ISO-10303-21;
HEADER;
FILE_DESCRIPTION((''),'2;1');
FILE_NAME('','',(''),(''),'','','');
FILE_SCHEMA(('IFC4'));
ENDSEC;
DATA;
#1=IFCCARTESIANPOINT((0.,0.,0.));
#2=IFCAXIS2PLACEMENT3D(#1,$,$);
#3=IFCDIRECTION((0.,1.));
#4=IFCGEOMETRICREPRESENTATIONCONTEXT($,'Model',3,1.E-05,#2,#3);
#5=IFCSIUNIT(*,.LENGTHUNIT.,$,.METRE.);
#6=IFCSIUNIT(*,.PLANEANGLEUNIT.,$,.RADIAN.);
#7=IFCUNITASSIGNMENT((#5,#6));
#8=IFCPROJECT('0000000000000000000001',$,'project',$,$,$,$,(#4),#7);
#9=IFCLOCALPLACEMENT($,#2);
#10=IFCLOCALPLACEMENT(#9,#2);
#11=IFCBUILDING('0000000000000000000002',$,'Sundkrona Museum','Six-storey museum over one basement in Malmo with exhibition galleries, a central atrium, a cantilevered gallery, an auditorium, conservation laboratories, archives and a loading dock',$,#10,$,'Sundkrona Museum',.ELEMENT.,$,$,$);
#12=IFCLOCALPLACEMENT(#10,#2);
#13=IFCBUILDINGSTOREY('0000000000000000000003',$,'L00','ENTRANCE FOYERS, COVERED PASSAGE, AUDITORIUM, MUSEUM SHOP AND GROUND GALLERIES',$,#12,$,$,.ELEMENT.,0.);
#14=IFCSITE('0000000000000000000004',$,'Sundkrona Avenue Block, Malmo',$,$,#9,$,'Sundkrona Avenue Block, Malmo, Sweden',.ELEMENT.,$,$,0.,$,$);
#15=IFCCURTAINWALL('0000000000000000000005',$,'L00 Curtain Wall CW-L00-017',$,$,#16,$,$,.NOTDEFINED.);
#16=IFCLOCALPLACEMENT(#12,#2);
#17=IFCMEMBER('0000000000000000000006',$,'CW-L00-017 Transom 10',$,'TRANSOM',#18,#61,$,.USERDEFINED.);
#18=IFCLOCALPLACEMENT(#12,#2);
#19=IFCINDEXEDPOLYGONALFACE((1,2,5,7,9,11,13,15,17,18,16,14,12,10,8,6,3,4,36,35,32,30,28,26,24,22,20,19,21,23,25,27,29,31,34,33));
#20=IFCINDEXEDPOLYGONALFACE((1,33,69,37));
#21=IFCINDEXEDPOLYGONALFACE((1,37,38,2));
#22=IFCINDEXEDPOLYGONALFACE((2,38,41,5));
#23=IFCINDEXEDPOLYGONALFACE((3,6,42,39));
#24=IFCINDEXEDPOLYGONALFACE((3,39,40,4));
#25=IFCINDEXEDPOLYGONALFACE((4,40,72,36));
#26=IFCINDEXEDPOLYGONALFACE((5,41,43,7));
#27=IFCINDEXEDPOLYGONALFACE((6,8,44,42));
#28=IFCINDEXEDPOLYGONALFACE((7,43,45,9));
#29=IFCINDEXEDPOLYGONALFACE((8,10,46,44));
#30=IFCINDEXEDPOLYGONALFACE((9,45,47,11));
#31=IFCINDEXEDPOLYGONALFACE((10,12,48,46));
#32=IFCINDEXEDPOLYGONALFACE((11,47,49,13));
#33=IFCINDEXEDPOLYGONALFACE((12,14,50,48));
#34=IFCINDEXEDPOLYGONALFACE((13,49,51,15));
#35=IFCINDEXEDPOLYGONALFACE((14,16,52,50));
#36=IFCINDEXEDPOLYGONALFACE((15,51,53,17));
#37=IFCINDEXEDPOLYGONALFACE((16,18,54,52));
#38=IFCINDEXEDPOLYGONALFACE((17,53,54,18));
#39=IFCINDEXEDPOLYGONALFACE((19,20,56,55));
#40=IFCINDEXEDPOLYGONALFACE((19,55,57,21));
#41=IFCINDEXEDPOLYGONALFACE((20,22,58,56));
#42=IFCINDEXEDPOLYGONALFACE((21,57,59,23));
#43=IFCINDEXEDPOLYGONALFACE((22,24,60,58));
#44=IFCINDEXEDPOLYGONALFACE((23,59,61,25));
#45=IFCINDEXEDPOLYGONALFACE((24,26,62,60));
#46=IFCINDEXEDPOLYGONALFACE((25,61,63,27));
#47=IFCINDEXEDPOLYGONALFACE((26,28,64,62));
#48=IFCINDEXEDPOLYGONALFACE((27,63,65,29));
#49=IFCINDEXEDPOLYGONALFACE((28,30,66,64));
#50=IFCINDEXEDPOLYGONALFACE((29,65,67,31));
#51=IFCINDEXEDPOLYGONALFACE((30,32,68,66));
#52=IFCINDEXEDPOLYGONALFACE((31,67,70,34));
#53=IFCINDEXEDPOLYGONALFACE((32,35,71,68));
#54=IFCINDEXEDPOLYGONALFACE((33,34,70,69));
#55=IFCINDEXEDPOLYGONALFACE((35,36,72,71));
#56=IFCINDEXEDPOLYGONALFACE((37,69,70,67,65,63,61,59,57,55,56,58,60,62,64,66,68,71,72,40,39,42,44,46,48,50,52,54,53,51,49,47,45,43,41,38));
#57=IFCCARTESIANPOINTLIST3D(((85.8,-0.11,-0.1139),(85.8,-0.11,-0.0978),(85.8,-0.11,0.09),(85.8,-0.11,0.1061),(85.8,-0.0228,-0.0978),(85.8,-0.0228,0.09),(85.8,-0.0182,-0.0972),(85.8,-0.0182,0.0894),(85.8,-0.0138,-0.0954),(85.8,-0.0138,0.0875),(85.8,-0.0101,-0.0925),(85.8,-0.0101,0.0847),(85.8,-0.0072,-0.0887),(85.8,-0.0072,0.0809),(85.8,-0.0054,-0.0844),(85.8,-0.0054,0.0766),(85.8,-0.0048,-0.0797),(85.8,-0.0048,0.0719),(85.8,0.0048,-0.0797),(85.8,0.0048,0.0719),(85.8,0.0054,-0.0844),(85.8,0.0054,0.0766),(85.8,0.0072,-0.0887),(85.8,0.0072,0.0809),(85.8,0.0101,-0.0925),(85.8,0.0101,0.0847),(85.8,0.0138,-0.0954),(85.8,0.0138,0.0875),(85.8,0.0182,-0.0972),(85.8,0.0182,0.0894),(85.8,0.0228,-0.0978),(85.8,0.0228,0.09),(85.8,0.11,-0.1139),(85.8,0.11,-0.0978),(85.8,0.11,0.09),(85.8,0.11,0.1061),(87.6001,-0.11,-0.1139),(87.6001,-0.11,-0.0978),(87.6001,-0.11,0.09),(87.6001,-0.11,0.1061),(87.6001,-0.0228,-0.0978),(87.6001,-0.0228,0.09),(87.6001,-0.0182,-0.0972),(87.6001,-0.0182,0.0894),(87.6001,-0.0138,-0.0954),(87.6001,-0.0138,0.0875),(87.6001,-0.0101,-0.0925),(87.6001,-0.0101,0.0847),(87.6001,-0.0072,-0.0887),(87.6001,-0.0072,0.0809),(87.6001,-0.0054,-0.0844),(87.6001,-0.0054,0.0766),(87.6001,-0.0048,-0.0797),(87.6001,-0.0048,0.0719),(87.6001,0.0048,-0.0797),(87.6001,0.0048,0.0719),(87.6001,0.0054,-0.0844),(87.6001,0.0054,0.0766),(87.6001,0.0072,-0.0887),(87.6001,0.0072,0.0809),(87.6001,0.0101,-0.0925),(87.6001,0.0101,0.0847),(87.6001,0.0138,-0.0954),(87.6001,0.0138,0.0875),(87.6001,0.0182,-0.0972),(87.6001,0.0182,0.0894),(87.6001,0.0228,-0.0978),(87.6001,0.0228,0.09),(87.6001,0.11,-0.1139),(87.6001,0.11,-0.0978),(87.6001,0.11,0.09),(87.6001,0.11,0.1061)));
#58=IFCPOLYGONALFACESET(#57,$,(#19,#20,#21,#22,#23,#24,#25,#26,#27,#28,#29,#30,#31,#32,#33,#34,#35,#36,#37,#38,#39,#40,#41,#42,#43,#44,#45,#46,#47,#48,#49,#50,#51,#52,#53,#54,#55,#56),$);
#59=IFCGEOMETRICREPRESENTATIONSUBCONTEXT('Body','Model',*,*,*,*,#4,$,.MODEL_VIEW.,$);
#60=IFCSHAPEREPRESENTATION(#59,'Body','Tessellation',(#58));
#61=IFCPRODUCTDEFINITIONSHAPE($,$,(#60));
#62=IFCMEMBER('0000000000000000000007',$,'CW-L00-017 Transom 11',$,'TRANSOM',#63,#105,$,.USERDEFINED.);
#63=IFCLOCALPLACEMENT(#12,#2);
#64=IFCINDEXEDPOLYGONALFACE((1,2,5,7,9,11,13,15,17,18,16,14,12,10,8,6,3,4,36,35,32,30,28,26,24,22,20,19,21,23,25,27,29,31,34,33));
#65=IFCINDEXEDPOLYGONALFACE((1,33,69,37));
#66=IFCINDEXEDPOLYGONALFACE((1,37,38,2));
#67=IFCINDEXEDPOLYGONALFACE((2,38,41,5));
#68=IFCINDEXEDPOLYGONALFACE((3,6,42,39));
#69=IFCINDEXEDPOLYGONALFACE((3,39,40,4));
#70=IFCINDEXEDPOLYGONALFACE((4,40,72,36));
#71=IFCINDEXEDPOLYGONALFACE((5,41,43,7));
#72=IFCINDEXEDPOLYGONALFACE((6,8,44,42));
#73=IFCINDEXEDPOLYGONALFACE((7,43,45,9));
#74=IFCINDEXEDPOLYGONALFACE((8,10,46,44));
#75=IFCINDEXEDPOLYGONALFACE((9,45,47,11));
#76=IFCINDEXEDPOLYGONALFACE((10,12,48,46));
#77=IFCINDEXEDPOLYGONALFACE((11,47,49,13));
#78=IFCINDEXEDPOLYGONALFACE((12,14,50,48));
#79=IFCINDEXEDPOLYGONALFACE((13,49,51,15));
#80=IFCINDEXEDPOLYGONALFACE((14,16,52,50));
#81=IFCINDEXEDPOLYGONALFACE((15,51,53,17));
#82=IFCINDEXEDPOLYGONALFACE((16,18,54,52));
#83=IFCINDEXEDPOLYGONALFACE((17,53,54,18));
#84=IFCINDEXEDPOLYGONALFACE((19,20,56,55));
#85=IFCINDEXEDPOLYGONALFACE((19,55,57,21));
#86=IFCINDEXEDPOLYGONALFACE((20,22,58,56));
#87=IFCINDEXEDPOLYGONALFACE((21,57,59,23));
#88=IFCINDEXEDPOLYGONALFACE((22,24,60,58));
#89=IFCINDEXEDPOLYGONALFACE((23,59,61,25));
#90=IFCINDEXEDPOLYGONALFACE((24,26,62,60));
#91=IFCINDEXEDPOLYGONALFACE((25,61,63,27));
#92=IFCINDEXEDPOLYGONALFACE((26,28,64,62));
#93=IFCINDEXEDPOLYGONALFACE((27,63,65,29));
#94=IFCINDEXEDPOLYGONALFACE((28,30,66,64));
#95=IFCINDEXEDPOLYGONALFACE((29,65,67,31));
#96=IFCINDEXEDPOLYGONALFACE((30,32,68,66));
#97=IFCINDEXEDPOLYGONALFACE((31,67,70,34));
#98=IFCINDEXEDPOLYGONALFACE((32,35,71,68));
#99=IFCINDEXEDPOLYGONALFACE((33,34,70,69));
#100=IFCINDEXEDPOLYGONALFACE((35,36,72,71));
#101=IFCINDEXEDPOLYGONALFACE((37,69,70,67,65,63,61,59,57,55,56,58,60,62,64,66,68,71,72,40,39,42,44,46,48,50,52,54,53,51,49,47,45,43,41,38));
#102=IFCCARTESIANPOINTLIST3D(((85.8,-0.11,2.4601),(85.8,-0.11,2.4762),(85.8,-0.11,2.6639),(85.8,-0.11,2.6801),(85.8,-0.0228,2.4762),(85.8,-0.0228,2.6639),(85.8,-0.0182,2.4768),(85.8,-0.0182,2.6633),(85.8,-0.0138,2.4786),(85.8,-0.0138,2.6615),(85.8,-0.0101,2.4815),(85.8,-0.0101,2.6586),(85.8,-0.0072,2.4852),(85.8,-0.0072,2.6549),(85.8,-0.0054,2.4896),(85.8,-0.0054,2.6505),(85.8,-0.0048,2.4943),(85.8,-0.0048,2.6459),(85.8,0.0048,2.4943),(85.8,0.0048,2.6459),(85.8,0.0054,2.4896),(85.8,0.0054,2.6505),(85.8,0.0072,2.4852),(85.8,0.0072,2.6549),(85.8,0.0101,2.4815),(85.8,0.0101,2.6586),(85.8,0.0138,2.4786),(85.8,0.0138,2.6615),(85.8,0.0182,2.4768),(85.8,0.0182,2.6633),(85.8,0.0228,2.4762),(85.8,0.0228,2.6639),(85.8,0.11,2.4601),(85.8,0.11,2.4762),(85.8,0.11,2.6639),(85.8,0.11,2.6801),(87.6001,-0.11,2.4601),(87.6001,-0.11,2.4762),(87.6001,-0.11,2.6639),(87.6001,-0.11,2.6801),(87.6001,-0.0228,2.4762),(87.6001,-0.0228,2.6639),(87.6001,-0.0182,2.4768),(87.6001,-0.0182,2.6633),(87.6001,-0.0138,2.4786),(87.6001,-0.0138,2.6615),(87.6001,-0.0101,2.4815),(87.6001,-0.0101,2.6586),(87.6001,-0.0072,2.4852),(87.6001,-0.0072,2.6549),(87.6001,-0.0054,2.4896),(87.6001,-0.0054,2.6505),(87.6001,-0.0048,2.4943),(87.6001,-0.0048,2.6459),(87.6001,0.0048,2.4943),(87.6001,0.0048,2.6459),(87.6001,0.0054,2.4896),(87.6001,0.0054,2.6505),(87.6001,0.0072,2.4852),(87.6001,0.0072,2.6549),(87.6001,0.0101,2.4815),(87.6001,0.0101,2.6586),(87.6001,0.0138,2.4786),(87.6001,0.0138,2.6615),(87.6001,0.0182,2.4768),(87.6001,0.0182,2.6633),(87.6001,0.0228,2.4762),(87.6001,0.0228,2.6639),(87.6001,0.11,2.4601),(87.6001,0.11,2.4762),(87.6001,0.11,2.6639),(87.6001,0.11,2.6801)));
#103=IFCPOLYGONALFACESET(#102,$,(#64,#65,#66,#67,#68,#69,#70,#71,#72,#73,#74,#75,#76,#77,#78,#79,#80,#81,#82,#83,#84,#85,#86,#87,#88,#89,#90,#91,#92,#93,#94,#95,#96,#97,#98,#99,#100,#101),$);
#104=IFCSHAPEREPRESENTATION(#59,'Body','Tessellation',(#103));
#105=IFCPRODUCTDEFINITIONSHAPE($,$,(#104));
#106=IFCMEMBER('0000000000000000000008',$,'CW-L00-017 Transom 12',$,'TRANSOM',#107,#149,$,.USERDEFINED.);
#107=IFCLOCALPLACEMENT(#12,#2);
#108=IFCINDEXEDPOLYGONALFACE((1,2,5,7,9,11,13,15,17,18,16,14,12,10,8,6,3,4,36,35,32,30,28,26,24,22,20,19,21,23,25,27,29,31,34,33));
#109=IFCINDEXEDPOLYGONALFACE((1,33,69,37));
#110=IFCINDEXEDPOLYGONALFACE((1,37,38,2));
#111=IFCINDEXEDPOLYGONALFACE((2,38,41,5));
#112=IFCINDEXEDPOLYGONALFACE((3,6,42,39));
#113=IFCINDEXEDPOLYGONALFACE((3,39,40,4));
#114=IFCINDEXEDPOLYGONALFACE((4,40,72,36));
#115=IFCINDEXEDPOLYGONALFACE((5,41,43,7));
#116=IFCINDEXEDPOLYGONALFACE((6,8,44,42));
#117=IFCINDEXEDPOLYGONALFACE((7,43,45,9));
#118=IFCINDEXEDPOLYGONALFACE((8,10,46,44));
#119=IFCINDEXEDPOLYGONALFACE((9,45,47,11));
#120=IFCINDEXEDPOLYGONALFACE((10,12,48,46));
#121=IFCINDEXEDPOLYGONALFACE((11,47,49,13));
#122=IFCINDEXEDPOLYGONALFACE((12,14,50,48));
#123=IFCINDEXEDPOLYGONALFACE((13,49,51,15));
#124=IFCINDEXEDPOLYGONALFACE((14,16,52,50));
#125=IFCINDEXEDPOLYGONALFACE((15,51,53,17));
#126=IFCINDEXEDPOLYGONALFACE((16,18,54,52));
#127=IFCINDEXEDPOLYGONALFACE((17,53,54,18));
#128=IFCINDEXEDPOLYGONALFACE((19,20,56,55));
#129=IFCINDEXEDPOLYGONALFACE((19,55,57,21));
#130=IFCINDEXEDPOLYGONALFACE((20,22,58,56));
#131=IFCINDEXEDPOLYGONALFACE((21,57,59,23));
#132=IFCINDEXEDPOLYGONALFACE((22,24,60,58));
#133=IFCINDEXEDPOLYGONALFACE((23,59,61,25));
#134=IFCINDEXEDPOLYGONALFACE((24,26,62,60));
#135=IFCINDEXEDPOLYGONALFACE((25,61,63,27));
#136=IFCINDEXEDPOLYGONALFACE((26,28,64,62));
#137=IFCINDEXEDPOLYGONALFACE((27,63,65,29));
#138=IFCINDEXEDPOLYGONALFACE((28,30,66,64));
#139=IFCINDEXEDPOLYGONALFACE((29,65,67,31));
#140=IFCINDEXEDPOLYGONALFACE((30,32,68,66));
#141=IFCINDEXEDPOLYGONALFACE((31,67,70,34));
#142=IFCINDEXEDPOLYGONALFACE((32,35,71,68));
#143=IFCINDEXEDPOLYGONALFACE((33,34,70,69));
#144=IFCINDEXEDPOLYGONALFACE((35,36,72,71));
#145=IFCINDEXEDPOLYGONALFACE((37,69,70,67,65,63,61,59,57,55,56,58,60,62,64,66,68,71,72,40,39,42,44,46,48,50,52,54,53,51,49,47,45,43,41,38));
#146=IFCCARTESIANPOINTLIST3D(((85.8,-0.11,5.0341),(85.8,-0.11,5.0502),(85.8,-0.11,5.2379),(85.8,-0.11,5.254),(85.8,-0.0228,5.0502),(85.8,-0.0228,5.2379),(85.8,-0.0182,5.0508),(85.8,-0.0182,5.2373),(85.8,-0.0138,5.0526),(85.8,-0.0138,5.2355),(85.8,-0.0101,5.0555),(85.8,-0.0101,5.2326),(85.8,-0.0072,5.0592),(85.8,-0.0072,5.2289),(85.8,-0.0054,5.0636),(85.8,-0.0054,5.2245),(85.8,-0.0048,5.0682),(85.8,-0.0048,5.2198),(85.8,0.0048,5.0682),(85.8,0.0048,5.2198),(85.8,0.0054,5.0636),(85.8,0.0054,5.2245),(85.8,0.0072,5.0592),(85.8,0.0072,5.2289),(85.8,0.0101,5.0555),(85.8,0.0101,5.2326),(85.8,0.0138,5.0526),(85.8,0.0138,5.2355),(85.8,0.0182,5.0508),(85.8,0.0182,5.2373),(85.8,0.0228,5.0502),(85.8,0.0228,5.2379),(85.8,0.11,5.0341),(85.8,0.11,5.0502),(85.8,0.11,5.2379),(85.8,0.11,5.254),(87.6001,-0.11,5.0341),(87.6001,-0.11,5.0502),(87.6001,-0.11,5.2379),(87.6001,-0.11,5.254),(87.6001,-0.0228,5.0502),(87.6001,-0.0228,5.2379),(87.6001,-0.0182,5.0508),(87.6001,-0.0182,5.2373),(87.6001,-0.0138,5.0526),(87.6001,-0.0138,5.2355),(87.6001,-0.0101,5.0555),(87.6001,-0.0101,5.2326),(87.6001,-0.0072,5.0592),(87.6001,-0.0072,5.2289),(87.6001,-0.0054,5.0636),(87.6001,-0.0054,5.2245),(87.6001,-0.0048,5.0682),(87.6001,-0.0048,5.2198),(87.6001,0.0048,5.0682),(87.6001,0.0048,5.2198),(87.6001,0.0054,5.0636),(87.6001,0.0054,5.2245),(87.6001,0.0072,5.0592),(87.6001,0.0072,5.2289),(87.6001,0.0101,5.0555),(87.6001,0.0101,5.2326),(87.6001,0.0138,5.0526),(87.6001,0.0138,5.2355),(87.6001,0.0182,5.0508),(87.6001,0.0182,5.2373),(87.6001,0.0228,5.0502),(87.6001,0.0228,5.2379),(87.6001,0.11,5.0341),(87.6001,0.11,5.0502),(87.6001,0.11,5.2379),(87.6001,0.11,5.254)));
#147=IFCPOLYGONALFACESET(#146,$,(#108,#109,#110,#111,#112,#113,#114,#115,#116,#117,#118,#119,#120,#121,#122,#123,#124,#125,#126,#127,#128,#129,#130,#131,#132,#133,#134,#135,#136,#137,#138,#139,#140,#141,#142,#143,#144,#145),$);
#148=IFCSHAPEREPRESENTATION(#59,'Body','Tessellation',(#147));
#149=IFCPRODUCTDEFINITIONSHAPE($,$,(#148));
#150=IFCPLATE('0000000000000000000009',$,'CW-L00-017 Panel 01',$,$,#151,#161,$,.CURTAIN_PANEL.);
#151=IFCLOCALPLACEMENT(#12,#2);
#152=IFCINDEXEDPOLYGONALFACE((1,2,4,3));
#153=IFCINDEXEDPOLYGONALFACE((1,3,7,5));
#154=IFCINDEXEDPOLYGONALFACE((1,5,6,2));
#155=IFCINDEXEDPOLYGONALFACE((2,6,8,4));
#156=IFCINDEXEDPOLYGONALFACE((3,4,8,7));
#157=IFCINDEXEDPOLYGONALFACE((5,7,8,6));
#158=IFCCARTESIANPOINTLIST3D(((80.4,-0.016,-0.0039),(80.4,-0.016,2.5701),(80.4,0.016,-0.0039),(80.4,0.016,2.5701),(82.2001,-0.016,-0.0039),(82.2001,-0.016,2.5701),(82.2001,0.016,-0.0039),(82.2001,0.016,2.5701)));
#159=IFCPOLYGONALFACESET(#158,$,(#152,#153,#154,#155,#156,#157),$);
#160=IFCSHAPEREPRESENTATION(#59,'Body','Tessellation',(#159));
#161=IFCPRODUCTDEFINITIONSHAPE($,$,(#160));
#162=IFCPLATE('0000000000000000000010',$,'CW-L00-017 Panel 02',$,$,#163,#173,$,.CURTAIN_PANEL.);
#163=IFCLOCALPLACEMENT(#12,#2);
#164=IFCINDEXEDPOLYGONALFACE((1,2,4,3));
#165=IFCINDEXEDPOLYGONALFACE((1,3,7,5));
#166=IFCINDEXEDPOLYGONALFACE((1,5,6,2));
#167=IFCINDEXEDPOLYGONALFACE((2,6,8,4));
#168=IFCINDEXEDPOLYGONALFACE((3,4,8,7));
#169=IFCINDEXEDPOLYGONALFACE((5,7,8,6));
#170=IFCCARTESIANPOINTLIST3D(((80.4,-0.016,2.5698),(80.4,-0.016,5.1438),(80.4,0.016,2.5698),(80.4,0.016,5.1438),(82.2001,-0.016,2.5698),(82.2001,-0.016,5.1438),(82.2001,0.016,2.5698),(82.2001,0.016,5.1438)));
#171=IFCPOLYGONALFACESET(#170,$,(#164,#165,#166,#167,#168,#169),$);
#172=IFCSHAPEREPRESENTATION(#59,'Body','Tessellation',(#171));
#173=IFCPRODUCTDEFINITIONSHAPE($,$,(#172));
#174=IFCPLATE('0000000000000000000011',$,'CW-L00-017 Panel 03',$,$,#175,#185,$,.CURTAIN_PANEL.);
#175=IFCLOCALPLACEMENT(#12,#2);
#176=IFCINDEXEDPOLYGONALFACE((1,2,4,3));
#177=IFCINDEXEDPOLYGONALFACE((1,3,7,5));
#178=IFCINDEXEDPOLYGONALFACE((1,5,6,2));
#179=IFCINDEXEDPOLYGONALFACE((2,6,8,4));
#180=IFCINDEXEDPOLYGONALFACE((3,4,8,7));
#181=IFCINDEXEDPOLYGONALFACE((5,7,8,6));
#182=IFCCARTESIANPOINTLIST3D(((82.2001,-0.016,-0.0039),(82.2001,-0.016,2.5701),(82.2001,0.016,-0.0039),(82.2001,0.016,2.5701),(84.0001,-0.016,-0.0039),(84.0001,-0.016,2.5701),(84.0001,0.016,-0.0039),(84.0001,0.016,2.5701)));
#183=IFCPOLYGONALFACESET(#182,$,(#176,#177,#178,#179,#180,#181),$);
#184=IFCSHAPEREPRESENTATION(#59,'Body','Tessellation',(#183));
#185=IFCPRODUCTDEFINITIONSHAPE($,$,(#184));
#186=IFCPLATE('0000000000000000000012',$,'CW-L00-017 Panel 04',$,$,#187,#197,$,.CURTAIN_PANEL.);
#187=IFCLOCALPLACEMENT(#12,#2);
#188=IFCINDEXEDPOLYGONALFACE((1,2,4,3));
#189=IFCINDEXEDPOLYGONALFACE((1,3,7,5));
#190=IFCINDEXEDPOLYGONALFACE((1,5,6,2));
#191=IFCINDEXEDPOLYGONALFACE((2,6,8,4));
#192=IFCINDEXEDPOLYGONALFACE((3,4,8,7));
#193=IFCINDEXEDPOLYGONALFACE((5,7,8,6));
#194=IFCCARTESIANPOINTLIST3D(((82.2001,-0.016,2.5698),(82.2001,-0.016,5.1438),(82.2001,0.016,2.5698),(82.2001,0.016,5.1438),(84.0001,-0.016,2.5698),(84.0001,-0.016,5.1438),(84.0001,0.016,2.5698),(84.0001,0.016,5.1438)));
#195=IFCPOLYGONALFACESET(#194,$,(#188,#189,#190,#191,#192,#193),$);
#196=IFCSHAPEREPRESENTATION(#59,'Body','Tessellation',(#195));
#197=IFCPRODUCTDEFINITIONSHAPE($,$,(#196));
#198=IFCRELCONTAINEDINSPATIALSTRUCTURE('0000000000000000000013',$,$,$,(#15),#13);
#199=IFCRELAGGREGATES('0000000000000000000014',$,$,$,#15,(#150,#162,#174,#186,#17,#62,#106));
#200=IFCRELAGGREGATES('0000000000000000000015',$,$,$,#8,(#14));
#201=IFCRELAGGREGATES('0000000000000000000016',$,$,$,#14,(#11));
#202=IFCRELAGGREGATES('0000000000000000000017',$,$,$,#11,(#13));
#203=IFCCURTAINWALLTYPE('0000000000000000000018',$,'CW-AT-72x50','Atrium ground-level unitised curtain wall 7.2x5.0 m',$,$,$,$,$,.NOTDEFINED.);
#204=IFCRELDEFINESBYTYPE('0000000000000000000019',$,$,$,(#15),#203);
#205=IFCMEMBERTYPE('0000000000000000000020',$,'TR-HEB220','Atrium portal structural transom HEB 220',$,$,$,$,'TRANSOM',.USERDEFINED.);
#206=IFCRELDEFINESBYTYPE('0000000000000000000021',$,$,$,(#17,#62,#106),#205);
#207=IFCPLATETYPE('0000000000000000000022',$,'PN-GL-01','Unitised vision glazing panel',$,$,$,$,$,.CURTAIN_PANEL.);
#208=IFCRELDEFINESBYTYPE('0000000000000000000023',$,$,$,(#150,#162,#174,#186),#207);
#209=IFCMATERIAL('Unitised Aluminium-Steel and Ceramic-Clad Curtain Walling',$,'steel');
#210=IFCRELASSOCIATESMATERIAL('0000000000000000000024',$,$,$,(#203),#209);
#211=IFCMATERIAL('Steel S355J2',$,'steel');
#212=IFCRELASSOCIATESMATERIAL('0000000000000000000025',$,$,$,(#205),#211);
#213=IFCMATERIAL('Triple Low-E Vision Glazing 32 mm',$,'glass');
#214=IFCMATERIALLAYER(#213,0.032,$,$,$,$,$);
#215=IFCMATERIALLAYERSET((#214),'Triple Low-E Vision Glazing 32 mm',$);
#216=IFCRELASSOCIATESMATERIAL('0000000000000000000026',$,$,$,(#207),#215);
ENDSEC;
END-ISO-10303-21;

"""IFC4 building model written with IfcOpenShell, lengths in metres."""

from ifc_helpers import new_model, si_unit, direction, frame, origin, origin_2d, place, context, subcontext, project, spatial, rectangle, i_section, extrude, material, layer, layer_set, material_profile, profile_set, type_object, element, aggregate, save


model = new_model("IFC4")

# Units and contexts
model_context = context("Model", 3, precision=1e-05, world=origin(), true_north=direction((0.0, 1.0)))
body_context = subcontext(model_context, "Body", "Model", "MODEL_VIEW")
ifc_project = project(units=[si_unit("LENGTHUNIT", "METRE"), si_unit("PLANEANGLEUNIT", "RADIAN")], contexts=[model_context])

# Site, building, storey
site_placement = place(None, origin())
site = spatial("IfcSite", under=ifc_project, at=site_placement, Name="Sundkrona Avenue Block, Malmo", LongName="Sundkrona Avenue Block, Malmo, Sweden", CompositionType="ELEMENT", RefElevation=0.0)
building_placement = place(site_placement, origin())
building = spatial("IfcBuilding", under=site, at=building_placement, Name="Sundkrona Museum", Description="Six-storey museum over one basement in Malmo with exhibition galleries, a central atrium, a cantilevered gallery, an auditorium, conservation laboratories, archives and a loading dock", LongName="Sundkrona Museum", CompositionType="ELEMENT")
storey_placement = place(building_placement, origin())
storey = spatial("IfcBuildingStorey", under=building, at=storey_placement, Name="L00", Description="ENTRANCE FOYERS, COVERED PASSAGE, AUDITORIUM, MUSEUM SHOP AND GROUND GALLERIES", CompositionType="ELEMENT", Elevation=0.0)

# Shared definitions
ifc_material_1 = material(Name="Steel S355J2", Category="steel")

# Curtain wall, members, plates
ifc_material_2 = material(Name="Unitised Aluminium-Steel and Ceramic-Clad Curtain Walling", Category="steel")
curtain_wall_type = type_object("IfcCurtainWallType", Name="CW-AT-72x50", Description="Atrium ground-level unitised curtain wall 7.2x5.0 m", PredefinedType="NOTDEFINED", material=ifc_material_2)
curtain_wall_placement = place(storey_placement, origin())
curtain_wall = element("IfcCurtainWall", 1, at=curtain_wall_placement, inside=storey, type_object=curtain_wall_type, Name="L00 Curtain Wall CW-L00-017", PredefinedType="NOTDEFINED")
ifc_material_profile_1 = material_profile(ifc_material_1, i_section(OverallWidth=0.22, OverallDepth=0.22, WebThickness=0.0095, FlangeThickness=0.0161, FilletRadius=0.0181, at=origin_2d()), Name="HEB 220")
ifc_profile_set_1 = profile_set([ifc_material_profile_1], Name="Steel S355J2")
member_type_1 = type_object("IfcMemberType", Name="TR-HEB220", Description="Atrium portal structural transom HEB 220", ElementType="TRANSOM", PredefinedType="USERDEFINED", material=ifc_profile_set_1)
member_1_placement = place(storey_placement, frame((85.8, 0.0, -0.0039), z_axis=(1.0, 0.0, 0.0), x_axis=(0.0, 1.0, 0.0)))
member_1 = element("IfcMember", 2, at=member_1_placement, type_object=member_type_1, Name="CW-L00-017 Transom 10", ObjectType="TRANSOM", PredefinedType="USERDEFINED", context=body_context, shape_type="SweptSolid", body=[
    extrude(i_section(OverallWidth=0.22, OverallDepth=0.22, WebThickness=0.0095, FlangeThickness=0.0161, FilletRadius=0.0181, at=origin_2d()), origin(), (0.0, 0.0, 1.0), 1.8),
])
member_2_placement = place(storey_placement, frame((85.8, 0.0, 2.5701), z_axis=(1.0, 0.0, 0.0), x_axis=(0.0, 1.0, 0.0)))
member_2 = element("IfcMember", 3, at=member_2_placement, type_object=member_type_1, Name="CW-L00-017 Transom 11", ObjectType="TRANSOM", PredefinedType="USERDEFINED", context=body_context, shape_type="SweptSolid", body=[
    extrude(i_section(OverallWidth=0.22, OverallDepth=0.22, WebThickness=0.0095, FlangeThickness=0.0161, FilletRadius=0.0181, at=origin_2d()), origin(), (0.0, 0.0, 1.0), 1.8),
])
member_3_placement = place(storey_placement, frame((85.8, 0.0, 5.144), z_axis=(1.0, 0.0, 0.0), x_axis=(0.0, 1.0, 0.0)))
member_3 = element("IfcMember", 4, at=member_3_placement, type_object=member_type_1, Name="CW-L00-017 Transom 12", ObjectType="TRANSOM", PredefinedType="USERDEFINED", context=body_context, shape_type="SweptSolid", body=[
    extrude(i_section(OverallWidth=0.22, OverallDepth=0.22, WebThickness=0.0095, FlangeThickness=0.0161, FilletRadius=0.0181, at=origin_2d()), origin(), (0.0, 0.0, 1.0), 1.8),
])
ifc_material_3 = material(Name="Triple Low-E Vision Glazing 32 mm", Category="glass")
ifc_layer_1 = layer(ifc_material_3, 0.032)
ifc_layer_set_1 = layer_set([ifc_layer_1], Name="Triple Low-E Vision Glazing 32 mm")
plate_type = type_object("IfcPlateType", Name="PN-GL-01", Description="Unitised vision glazing panel", PredefinedType="CURTAIN_PANEL", material=ifc_layer_set_1)
plate_1_placement = place(storey_placement, frame((81.3, 0.0, -0.0039), z_axis=(0.0, 0.0, 1.0), x_axis=(1.0, 0.0, 0.0)))
plate_1 = element("IfcPlate", 5, at=plate_1_placement, type_object=plate_type, Name="CW-L00-017 Panel 01", PredefinedType="CURTAIN_PANEL", context=body_context, shape_type="SweptSolid", body=[
    extrude(rectangle(XDim=1.8, YDim=0.032, at=origin_2d()), origin(), (0.0, 0.0, 1.0), 2.574),
])
plate_2_placement = place(storey_placement, frame((81.3, 0.0, 2.5698), z_axis=(0.0, 0.0, 1.0), x_axis=(1.0, 0.0, 0.0)))
plate_2 = element("IfcPlate", 6, at=plate_2_placement, type_object=plate_type, Name="CW-L00-017 Panel 02", PredefinedType="CURTAIN_PANEL", context=body_context, shape_type="SweptSolid", body=[
    extrude(rectangle(XDim=1.8, YDim=0.032, at=origin_2d()), origin(), (0.0, 0.0, 1.0), 2.574),
])
plate_3_placement = place(storey_placement, frame((83.1001, 0.0, -0.0039), z_axis=(0.0, 0.0, 1.0), x_axis=(1.0, 0.0, 0.0)))
plate_3 = element("IfcPlate", 7, at=plate_3_placement, type_object=plate_type, Name="CW-L00-017 Panel 03", PredefinedType="CURTAIN_PANEL", context=body_context, shape_type="SweptSolid", body=[
    extrude(rectangle(XDim=1.8, YDim=0.032, at=origin_2d()), origin(), (0.0, 0.0, 1.0), 2.574),
])
plate_4_placement = place(storey_placement, frame((83.1001, 0.0, 2.5698), z_axis=(0.0, 0.0, 1.0), x_axis=(1.0, 0.0, 0.0)))
plate_4 = element("IfcPlate", 8, at=plate_4_placement, type_object=plate_type, Name="CW-L00-017 Panel 04", PredefinedType="CURTAIN_PANEL", context=body_context, shape_type="SweptSolid", body=[
    extrude(rectangle(XDim=1.8, YDim=0.032, at=origin_2d()), origin(), (0.0, 0.0, 1.0), 2.574),
])
aggregate(curtain_wall, [plate_1, plate_2, plate_3, plate_4, member_1, member_2, member_3])

save(model, "model.ifc")
